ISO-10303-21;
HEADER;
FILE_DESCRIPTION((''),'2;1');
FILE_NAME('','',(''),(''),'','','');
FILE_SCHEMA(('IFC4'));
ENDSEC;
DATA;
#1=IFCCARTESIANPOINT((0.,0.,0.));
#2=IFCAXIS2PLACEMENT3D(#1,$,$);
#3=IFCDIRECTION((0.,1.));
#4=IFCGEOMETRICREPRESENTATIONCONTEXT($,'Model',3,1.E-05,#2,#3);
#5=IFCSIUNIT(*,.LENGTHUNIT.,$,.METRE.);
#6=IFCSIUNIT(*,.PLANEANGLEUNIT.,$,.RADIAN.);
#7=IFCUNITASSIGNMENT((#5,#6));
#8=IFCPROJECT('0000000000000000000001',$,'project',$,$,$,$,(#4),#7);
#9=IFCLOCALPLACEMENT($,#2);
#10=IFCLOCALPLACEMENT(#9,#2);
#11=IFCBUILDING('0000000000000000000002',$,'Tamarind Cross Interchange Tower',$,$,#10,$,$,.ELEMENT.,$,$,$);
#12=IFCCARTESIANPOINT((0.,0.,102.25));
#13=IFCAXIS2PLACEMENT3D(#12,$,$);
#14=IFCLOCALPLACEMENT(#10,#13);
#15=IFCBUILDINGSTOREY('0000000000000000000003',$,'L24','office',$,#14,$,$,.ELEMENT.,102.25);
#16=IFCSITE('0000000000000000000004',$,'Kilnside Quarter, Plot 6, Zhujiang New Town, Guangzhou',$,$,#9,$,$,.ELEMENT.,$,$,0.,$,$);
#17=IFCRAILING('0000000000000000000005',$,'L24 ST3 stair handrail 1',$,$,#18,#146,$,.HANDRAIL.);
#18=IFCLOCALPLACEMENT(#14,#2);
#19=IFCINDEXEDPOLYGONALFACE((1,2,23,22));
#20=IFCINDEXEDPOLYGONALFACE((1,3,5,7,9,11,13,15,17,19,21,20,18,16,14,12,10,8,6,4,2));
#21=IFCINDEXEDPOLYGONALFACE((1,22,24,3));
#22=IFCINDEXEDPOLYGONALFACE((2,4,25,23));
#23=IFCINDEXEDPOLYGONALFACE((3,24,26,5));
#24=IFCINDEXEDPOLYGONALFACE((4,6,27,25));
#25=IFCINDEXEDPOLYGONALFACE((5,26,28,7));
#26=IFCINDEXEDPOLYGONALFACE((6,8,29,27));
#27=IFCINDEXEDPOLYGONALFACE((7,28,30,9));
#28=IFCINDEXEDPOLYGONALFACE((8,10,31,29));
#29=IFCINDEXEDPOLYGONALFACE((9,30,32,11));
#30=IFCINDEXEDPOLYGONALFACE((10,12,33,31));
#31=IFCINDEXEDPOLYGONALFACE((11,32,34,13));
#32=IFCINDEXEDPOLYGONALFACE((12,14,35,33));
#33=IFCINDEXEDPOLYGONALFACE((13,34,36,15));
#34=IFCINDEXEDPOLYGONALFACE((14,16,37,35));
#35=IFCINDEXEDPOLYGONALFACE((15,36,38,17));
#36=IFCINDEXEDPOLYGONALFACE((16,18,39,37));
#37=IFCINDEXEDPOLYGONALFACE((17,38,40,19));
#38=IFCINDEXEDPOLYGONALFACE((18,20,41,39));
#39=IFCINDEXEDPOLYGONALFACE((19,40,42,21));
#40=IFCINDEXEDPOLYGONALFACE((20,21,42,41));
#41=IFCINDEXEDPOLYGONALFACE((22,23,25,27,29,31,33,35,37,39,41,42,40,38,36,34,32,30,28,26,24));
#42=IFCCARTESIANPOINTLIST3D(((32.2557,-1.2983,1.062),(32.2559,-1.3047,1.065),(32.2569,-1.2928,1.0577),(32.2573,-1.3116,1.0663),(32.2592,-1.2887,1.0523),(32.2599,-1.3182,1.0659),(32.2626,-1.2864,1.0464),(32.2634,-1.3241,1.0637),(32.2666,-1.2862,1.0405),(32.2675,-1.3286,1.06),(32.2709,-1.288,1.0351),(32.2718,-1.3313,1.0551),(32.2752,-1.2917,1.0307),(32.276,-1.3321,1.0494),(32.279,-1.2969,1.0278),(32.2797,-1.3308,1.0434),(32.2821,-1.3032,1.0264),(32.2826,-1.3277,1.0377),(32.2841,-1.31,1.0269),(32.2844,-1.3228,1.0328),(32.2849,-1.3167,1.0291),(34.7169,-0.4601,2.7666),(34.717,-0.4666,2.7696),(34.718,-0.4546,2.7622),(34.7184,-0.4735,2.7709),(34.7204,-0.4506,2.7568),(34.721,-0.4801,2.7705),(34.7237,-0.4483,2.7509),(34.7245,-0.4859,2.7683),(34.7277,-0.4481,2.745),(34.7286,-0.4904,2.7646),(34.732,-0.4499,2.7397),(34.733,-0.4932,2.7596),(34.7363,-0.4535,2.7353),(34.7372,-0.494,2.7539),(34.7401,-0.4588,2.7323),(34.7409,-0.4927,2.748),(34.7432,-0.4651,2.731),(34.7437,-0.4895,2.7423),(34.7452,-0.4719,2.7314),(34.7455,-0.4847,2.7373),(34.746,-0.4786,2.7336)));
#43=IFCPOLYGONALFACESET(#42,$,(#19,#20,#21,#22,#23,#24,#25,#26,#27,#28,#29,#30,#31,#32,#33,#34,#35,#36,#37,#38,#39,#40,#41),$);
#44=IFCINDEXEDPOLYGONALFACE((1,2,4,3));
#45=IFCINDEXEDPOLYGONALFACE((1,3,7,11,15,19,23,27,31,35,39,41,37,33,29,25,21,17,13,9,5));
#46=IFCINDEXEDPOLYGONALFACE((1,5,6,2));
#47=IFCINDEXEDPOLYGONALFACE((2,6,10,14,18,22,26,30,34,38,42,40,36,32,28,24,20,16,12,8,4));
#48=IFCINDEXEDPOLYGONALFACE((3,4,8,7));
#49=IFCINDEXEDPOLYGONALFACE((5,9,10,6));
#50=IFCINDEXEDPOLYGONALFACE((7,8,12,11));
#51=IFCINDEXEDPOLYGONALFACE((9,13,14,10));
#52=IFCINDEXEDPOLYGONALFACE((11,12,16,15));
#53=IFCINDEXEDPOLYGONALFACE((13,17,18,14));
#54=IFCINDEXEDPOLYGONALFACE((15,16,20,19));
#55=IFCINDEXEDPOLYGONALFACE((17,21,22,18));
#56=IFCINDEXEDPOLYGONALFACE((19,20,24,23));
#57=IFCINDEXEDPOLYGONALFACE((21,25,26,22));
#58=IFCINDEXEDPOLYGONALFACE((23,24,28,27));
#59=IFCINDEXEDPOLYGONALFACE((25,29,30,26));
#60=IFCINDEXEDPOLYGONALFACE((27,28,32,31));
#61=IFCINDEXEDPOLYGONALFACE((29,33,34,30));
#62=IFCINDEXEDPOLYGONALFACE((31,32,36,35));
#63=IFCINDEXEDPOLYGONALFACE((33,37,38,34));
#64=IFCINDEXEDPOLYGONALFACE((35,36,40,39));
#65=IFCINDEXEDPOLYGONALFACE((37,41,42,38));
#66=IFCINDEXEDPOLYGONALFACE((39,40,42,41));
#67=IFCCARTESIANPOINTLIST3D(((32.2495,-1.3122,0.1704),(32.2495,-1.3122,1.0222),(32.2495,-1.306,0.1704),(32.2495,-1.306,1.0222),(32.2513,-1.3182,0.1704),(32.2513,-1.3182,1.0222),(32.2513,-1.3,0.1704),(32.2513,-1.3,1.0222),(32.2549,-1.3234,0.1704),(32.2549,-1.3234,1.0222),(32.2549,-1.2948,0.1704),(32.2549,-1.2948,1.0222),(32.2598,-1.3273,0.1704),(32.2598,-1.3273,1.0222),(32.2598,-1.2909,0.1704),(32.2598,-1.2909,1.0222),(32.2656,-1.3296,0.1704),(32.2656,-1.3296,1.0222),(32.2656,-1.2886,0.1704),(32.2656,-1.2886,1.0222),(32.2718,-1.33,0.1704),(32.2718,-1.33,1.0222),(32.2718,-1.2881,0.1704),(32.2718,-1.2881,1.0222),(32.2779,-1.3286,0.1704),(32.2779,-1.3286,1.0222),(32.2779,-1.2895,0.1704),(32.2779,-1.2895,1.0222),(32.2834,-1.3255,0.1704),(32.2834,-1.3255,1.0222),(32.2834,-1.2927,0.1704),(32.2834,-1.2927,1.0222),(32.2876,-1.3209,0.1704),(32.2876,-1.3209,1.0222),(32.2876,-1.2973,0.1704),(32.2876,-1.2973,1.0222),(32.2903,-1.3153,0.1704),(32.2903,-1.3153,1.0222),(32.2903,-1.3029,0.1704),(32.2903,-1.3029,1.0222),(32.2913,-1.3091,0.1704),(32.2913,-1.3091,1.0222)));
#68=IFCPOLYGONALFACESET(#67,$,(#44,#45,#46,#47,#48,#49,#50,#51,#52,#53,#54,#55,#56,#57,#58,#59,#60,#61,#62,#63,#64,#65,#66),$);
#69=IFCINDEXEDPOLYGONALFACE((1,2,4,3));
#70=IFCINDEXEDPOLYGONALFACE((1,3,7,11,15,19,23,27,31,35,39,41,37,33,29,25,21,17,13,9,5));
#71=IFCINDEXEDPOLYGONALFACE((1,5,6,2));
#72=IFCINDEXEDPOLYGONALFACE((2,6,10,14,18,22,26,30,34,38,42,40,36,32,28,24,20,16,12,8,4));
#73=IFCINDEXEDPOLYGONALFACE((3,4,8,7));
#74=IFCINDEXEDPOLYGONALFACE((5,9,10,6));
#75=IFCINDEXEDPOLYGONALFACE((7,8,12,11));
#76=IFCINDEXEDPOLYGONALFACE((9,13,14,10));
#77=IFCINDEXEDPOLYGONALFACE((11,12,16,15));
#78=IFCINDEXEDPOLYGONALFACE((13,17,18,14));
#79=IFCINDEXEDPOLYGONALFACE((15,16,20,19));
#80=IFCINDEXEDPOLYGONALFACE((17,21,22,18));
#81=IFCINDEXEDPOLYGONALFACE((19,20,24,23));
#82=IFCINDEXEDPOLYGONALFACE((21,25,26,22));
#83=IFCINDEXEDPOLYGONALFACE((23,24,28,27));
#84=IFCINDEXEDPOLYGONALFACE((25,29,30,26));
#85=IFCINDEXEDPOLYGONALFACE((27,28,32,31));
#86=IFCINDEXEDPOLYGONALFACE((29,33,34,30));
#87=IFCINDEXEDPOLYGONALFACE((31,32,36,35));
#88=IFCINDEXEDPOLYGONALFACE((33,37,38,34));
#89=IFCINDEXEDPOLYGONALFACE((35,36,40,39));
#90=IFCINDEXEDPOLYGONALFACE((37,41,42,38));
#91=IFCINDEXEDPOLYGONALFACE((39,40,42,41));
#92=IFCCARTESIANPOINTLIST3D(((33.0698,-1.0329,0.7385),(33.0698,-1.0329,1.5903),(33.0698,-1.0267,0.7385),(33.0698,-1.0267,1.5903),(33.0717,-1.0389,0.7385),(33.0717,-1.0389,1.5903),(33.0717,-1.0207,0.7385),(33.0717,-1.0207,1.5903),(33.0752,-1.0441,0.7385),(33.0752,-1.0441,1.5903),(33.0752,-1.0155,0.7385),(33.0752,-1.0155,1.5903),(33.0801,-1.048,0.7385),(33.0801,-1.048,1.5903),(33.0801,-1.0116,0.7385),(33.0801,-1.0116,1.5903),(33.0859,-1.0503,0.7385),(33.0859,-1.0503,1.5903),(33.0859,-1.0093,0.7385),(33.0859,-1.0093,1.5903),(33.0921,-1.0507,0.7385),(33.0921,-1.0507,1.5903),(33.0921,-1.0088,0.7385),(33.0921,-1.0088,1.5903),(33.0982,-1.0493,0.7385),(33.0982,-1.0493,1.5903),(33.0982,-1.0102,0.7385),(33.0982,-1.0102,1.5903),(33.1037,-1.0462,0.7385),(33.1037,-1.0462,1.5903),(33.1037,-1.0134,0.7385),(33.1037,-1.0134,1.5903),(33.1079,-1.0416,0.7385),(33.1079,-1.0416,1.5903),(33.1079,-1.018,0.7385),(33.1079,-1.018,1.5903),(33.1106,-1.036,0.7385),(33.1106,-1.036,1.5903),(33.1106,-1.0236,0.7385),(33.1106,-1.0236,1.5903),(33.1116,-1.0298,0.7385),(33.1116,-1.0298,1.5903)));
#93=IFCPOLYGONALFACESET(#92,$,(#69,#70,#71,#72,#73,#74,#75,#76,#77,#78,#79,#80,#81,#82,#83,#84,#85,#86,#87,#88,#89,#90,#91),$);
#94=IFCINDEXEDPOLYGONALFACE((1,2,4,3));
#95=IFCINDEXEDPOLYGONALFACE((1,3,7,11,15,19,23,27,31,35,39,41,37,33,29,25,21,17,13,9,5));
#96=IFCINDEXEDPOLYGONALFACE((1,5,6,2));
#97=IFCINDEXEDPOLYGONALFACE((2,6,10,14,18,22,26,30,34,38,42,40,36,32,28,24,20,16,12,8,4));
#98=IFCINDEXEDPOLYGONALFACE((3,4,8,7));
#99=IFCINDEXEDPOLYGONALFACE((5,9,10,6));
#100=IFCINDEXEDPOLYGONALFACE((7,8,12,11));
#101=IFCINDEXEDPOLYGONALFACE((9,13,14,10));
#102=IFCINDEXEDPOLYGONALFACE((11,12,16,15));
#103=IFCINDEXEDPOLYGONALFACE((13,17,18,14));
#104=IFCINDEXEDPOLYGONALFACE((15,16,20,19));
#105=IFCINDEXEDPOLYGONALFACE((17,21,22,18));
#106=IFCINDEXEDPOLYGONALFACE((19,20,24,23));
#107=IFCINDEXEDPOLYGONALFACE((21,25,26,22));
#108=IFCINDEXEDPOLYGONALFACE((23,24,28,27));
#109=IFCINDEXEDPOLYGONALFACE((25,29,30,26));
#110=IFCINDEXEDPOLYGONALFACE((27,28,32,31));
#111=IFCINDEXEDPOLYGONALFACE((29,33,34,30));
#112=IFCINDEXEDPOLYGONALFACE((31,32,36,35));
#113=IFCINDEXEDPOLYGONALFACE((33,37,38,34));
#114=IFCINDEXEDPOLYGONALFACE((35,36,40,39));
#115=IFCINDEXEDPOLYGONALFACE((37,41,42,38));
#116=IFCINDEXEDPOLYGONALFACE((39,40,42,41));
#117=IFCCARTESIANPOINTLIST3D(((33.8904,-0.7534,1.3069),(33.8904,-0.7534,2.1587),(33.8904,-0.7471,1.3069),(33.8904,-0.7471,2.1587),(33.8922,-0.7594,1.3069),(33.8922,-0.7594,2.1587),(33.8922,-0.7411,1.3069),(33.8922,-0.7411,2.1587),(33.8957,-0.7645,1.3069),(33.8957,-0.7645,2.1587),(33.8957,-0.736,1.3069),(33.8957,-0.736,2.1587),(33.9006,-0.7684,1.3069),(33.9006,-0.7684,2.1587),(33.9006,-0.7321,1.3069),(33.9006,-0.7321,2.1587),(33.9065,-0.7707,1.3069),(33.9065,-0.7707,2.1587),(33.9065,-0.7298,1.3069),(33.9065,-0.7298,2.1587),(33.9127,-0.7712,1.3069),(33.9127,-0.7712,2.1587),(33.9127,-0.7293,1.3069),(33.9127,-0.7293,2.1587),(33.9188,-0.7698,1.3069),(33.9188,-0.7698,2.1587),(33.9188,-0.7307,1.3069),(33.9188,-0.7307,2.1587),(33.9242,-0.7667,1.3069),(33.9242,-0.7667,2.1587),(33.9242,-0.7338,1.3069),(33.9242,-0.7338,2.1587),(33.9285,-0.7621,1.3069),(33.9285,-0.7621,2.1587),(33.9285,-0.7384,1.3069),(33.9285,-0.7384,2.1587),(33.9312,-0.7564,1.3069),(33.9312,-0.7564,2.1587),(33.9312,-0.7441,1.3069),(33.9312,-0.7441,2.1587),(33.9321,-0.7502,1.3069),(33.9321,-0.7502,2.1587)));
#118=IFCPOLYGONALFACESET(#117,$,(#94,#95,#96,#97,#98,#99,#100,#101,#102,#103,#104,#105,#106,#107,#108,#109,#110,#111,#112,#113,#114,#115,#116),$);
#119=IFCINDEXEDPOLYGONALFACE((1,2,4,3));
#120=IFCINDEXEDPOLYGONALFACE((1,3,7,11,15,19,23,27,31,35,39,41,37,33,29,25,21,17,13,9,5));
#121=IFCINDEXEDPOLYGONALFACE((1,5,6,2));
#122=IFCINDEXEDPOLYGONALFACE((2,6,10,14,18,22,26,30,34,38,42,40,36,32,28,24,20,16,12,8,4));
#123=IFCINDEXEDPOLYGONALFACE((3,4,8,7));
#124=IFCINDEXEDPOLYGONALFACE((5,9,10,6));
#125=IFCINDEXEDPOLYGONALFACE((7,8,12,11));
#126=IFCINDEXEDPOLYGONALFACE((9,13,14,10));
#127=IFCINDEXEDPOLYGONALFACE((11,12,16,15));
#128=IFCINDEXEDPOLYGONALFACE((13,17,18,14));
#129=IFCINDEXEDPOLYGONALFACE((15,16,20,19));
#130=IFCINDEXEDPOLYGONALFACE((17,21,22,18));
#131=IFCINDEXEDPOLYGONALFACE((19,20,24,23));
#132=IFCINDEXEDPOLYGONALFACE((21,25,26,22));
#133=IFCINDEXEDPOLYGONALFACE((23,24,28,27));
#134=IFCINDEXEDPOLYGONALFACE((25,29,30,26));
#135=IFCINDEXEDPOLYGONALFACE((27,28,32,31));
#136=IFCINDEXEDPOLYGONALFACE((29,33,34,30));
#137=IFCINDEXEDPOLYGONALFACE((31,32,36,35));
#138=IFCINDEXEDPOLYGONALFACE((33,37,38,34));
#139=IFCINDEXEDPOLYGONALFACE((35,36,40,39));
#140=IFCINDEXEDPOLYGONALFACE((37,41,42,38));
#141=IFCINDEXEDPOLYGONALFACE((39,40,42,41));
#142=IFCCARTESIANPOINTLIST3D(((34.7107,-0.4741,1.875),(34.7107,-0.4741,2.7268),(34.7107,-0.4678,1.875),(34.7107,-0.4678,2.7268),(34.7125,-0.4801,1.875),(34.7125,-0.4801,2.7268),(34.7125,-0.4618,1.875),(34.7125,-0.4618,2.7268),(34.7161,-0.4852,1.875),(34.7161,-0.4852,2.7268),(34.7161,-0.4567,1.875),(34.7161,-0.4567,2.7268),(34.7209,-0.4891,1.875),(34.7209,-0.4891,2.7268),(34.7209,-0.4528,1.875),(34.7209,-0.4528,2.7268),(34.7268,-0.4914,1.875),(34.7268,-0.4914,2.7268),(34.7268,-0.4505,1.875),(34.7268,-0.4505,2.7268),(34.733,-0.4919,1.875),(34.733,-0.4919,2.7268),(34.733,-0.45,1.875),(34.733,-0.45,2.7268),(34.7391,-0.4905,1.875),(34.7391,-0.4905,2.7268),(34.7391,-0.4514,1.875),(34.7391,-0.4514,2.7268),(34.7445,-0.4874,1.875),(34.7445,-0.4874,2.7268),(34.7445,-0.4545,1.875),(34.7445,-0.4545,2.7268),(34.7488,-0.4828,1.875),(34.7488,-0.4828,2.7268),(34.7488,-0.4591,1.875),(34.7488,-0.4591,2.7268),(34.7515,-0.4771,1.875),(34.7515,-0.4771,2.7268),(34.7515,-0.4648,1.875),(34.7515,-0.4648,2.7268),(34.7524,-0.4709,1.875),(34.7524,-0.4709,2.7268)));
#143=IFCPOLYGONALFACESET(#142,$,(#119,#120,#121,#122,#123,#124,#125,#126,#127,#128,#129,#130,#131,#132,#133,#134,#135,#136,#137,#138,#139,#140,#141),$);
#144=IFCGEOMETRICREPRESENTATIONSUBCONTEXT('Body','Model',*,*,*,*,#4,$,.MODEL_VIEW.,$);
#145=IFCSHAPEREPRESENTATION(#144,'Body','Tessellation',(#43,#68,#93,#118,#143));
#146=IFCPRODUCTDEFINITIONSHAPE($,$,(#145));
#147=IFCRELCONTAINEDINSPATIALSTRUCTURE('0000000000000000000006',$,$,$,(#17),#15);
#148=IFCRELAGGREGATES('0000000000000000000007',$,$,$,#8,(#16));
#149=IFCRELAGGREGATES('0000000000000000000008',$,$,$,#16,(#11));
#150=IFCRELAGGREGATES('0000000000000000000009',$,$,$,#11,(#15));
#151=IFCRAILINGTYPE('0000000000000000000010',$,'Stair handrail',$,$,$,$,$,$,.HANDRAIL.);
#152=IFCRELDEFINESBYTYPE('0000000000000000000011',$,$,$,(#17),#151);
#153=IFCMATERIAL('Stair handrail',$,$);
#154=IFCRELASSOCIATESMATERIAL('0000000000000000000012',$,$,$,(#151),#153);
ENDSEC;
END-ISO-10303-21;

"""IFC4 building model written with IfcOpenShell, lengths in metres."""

from ifc_helpers import new_model, si_unit, direction, frame, origin, origin_2d, place, context, subcontext, project, spatial, circle, extrude, material, type_object, element, save


model = new_model("IFC4")

# Units and contexts
model_context = context("Model", 3, precision=1e-05, world=origin(), true_north=direction((0.0, 1.0)))
body_context = subcontext(model_context, "Body", "Model", "MODEL_VIEW")
ifc_project = project(units=[si_unit("LENGTHUNIT", "METRE"), si_unit("PLANEANGLEUNIT", "RADIAN")], contexts=[model_context])

# Site, building, storey
site_placement = place(None, origin())
site = spatial("IfcSite", under=ifc_project, at=site_placement, Name="Kilnside Quarter, Plot 6, Zhujiang New Town, Guangzhou", CompositionType="ELEMENT", RefElevation=0.0)
building_placement = place(site_placement, origin())
building = spatial("IfcBuilding", under=site, at=building_placement, Name="Tamarind Cross Interchange Tower", CompositionType="ELEMENT")
storey_placement = place(building_placement, frame((0.0, 0.0, 102.25)))
storey = spatial("IfcBuildingStorey", under=building, at=storey_placement, Name="L24", Description="office", CompositionType="ELEMENT", Elevation=102.25)

# Railing
ifc_material_1 = material(Name="Stair handrail")
railing_type_1 = type_object("IfcRailingType", Name="Stair handrail", PredefinedType="HANDRAIL", material=ifc_material_1)
railing_1_placement = place(storey_placement, frame((32.2703, -1.3091, 0.1704)))
element("IfcRailing", 1, at=railing_1_placement, inside=storey, type_object=railing_type_1, Name="L24 ST3 stair handrail 1", PredefinedType="HANDRAIL", context=body_context, shape_type="SweptSolid", body=[
    extrude(circle(Radius=0.0239, at=origin_2d()), frame((0.0, 0.0, 0.876), z_axis=(0.791646, 0.269589, 0.548286), x_axis=(-0.322362, 0.946616, 0.0)), (0.0, 0.0, 1.0), 3.1089),
    extrude(circle(Radius=0.021, at=origin_2d()), origin(), (0.0, 0.0, 1.0), 0.8518),
    extrude(circle(Radius=0.021, at=origin_2d()), frame((0.8203, 0.2793, 0.5681)), (0.0, 0.0, 1.0), 0.8518),
    extrude(circle(Radius=0.021, at=origin_2d()), frame((1.6409, 0.5588, 1.1365)), (0.0, 0.0, 1.0), 0.8518),
    extrude(circle(Radius=0.021, at=origin_2d()), frame((2.4612, 0.8381, 1.7046)), (0.0, 0.0, 1.0), 0.8518),
])

save(model, "model.ifc")
